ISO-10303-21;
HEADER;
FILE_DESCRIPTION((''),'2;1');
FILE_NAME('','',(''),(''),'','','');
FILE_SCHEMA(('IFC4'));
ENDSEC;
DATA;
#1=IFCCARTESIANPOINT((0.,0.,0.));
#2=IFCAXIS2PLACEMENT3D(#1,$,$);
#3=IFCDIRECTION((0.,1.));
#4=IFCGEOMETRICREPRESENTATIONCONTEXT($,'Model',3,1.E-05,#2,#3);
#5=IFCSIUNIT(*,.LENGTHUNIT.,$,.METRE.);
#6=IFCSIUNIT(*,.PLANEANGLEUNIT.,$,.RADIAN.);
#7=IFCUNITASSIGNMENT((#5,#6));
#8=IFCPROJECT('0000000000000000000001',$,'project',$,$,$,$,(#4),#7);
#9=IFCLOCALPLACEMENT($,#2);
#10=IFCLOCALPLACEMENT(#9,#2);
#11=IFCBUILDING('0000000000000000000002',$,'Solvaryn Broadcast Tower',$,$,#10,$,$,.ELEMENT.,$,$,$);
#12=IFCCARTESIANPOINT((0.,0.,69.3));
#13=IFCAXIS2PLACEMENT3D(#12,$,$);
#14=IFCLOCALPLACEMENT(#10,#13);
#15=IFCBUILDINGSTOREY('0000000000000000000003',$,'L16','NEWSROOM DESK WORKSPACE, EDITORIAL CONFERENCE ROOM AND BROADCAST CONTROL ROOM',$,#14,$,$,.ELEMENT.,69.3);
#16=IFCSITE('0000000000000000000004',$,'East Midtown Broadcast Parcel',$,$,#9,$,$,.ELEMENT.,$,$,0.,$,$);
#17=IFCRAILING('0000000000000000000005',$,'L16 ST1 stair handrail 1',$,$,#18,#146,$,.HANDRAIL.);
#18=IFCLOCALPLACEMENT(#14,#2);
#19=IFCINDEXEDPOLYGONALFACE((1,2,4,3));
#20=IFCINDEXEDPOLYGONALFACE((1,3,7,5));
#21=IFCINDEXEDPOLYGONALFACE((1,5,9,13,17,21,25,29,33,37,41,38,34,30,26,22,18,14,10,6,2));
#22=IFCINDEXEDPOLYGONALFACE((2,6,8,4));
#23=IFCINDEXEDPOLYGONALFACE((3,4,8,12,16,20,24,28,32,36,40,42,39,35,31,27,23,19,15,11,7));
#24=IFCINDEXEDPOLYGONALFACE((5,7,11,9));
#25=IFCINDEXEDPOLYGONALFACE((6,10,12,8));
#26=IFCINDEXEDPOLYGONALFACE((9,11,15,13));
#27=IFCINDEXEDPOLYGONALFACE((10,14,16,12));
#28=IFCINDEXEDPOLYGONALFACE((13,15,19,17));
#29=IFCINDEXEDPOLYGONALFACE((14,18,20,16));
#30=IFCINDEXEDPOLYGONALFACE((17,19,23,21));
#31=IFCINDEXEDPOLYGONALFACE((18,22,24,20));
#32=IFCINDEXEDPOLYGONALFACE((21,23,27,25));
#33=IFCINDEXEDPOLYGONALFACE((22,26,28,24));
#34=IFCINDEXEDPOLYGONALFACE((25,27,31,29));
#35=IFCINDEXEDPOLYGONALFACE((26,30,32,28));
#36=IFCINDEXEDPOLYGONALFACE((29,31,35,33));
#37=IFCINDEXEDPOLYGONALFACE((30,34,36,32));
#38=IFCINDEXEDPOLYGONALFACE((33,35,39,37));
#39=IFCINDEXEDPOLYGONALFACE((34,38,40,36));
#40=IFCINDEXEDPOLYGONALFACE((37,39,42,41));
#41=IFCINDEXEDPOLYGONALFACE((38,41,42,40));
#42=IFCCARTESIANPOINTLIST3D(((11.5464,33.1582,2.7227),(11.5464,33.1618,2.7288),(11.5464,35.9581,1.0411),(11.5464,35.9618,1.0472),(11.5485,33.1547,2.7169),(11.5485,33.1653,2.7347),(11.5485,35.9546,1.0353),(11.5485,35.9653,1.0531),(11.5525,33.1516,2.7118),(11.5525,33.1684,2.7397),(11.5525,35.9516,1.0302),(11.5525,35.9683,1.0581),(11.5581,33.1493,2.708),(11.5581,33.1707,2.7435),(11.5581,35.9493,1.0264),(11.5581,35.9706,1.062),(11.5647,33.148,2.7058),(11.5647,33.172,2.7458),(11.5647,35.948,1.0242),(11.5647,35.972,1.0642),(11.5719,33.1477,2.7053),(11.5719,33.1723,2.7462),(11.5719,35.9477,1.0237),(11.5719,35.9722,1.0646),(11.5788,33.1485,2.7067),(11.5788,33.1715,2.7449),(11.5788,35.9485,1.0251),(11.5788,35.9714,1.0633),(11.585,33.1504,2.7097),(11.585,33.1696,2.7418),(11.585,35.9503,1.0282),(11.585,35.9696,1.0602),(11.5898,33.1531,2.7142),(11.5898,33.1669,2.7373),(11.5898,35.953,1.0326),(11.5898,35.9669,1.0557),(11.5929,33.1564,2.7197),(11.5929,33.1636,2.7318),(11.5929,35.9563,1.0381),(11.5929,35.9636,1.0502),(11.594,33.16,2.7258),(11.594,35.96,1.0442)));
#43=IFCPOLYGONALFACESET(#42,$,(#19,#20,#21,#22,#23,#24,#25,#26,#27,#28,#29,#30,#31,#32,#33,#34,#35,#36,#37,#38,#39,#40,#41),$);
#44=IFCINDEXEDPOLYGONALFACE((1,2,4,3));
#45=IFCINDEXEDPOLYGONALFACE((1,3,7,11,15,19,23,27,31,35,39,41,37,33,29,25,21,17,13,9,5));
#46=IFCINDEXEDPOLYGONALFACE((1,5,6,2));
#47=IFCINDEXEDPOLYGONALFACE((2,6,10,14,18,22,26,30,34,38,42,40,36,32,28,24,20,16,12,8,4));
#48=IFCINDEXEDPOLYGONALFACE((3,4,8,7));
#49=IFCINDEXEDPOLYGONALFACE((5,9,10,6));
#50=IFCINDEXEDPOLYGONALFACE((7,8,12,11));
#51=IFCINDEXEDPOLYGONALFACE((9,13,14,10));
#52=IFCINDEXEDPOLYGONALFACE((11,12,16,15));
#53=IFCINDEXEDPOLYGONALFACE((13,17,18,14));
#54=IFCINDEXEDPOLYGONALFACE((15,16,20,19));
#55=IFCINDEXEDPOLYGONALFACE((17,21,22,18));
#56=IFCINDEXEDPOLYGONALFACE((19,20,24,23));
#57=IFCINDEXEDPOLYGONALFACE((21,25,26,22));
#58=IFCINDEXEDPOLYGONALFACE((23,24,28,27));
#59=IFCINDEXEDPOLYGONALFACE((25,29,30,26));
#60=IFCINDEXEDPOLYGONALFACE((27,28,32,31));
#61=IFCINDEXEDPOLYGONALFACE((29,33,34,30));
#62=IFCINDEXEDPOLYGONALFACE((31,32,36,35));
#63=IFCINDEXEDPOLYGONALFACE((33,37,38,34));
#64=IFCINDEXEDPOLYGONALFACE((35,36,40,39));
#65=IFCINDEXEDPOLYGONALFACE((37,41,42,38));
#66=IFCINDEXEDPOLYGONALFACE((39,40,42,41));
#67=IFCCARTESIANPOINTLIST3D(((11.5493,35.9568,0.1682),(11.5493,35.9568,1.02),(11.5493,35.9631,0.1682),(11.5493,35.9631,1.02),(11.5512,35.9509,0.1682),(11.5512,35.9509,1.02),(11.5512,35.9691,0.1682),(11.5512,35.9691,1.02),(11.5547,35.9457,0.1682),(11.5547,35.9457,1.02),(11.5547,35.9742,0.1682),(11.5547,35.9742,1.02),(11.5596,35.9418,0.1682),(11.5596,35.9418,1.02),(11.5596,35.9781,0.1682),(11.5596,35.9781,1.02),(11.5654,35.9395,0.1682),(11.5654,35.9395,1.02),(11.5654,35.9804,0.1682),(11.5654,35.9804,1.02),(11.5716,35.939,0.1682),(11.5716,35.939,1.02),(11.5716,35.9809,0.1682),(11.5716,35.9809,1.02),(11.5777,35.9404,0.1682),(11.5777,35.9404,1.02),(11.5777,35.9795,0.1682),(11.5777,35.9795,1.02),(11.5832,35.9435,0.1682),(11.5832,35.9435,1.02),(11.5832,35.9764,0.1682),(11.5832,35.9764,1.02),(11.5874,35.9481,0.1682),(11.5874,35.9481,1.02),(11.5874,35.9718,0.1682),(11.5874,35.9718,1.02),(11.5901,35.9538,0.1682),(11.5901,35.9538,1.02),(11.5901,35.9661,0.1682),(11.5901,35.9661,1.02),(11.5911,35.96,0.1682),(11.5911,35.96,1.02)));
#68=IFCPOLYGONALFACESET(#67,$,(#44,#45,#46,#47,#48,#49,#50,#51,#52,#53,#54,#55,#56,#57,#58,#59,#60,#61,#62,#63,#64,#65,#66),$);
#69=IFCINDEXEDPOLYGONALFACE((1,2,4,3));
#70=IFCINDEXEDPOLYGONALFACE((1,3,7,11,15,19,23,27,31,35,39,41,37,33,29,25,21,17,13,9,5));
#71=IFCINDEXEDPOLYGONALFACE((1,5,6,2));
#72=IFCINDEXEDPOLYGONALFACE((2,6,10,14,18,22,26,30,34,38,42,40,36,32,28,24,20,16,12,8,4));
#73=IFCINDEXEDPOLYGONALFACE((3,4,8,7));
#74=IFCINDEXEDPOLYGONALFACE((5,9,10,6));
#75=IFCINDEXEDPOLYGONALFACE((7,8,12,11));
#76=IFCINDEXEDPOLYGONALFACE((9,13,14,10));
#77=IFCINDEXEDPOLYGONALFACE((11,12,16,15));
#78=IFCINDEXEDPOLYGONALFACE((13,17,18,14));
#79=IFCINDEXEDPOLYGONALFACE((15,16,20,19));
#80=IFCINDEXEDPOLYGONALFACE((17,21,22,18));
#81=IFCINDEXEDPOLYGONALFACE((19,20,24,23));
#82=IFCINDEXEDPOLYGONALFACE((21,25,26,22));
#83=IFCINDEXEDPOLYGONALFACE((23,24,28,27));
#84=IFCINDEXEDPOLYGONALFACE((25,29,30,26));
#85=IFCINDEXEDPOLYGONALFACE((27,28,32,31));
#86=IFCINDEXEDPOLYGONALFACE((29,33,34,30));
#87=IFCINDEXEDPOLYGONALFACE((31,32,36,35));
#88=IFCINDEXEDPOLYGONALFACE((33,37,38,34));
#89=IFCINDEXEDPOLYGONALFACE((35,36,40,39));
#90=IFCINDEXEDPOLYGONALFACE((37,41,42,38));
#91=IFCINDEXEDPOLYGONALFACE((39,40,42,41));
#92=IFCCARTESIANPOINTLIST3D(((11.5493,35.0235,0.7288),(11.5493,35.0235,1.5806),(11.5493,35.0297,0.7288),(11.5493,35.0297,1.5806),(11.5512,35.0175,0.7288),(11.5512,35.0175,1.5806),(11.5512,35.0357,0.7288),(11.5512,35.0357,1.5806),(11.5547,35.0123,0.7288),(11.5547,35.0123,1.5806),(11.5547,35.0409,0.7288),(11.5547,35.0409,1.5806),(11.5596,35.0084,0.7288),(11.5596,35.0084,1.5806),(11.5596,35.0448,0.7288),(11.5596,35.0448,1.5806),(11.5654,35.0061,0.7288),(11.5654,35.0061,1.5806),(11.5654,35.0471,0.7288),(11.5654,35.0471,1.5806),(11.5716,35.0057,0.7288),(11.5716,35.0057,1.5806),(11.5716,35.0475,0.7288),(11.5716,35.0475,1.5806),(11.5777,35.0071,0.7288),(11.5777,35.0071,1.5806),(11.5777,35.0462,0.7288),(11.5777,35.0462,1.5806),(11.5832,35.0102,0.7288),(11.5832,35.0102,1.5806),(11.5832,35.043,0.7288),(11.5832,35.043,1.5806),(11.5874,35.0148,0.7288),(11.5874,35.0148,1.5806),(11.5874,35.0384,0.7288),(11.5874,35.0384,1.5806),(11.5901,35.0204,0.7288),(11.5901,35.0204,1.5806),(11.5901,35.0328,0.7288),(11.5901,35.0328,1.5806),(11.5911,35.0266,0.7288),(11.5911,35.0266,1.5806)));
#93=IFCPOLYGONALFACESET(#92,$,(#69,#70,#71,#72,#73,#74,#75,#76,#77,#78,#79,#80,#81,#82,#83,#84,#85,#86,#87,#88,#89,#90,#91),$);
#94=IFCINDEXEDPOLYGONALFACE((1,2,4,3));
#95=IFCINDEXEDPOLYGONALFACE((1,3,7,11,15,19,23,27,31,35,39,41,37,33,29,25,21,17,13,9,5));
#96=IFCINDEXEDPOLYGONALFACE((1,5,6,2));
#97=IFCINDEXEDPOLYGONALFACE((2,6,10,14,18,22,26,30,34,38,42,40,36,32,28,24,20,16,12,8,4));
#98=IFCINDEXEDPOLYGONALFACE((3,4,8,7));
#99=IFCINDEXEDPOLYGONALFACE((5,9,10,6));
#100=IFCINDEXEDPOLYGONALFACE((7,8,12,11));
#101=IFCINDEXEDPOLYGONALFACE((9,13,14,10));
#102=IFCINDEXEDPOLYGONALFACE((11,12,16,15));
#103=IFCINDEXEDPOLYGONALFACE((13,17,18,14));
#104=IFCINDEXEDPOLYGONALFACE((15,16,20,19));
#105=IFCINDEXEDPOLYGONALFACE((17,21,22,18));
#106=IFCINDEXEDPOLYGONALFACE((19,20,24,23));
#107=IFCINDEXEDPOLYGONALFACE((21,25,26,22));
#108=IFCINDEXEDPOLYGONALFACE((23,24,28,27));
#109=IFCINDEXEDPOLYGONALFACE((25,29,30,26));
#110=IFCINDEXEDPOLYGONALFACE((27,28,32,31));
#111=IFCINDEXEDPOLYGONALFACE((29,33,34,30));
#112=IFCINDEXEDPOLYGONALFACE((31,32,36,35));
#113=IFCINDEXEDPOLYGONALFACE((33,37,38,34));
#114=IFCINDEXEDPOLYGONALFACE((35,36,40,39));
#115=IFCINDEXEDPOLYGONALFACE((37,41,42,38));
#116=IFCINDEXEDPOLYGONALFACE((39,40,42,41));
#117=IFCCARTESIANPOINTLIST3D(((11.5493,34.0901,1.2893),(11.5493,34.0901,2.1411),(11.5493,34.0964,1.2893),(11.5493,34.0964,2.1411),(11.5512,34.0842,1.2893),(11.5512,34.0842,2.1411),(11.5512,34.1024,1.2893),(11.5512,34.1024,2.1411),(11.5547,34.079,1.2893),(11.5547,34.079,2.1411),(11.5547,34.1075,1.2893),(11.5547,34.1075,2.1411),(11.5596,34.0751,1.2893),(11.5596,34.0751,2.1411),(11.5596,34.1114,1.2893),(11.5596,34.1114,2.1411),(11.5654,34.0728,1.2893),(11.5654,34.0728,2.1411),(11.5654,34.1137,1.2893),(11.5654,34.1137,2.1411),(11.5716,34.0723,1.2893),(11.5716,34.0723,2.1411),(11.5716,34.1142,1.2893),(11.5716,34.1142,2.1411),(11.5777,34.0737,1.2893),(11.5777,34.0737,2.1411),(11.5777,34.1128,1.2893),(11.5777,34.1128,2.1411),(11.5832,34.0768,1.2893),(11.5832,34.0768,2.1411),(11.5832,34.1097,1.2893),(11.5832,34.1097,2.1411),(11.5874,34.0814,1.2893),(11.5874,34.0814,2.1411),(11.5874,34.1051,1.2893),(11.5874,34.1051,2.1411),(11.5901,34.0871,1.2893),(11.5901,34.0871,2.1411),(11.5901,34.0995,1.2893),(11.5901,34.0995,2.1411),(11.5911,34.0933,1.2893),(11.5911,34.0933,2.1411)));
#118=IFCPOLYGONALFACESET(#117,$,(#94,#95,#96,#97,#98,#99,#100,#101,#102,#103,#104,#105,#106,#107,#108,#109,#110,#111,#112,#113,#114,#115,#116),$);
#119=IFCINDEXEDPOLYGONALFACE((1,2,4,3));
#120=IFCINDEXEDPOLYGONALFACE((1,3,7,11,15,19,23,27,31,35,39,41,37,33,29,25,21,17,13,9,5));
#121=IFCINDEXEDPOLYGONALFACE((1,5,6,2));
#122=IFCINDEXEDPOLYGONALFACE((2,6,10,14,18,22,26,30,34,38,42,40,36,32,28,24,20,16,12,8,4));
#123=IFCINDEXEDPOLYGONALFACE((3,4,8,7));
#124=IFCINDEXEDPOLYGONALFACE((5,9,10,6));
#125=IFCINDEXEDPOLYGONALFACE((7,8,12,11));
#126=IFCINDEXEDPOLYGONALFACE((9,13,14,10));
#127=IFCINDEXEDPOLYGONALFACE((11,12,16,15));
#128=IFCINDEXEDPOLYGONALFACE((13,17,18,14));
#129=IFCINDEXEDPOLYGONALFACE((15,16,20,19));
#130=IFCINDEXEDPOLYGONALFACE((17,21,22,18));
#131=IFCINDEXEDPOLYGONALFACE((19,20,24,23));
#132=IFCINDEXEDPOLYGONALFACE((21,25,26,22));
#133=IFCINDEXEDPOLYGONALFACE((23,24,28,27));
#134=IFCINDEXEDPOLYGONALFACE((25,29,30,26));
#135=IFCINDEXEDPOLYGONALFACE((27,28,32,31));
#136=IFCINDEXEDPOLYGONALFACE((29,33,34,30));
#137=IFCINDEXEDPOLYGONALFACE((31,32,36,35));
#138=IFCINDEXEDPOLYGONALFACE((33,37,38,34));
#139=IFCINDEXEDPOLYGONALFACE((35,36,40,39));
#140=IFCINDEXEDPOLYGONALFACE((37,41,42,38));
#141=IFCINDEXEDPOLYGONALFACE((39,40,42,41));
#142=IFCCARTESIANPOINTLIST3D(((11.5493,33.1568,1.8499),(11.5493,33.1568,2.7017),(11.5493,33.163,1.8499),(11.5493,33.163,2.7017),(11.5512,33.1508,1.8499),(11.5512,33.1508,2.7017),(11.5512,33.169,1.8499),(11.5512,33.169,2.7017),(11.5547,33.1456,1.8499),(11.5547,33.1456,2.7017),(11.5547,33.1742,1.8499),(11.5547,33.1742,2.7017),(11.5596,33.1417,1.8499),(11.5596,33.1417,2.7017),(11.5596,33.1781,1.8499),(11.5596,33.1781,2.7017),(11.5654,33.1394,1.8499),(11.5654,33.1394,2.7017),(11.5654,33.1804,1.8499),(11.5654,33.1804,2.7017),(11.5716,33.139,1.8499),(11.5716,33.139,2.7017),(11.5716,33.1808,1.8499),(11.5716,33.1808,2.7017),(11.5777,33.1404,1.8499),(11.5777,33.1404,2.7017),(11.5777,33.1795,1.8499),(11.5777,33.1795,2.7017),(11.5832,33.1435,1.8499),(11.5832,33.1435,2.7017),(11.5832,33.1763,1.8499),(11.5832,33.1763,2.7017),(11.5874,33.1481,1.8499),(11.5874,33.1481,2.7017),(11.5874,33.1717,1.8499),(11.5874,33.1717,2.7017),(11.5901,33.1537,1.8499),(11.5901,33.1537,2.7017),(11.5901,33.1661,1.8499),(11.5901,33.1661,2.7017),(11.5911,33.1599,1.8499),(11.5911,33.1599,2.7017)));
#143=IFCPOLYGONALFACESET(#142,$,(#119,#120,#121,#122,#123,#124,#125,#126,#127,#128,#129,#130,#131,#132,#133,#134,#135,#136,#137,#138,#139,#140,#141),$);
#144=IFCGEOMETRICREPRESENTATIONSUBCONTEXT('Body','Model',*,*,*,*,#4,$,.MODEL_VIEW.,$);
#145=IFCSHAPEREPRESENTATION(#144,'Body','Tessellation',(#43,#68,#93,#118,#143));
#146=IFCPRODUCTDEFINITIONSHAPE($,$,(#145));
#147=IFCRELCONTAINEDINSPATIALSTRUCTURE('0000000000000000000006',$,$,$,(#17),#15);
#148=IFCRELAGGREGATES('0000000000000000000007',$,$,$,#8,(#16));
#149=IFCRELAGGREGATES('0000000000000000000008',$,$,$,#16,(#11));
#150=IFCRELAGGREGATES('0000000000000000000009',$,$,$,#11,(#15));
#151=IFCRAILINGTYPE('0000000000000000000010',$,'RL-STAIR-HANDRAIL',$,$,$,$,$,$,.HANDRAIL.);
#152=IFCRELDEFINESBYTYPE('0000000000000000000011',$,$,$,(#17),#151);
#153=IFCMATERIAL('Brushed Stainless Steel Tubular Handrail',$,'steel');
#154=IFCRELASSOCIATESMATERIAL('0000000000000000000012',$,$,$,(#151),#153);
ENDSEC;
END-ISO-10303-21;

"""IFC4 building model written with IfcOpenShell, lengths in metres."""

from ifc_helpers import new_model, si_unit, direction, frame, origin, origin_2d, place, context, subcontext, project, spatial, circle, extrude, material, type_object, element, save


model = new_model("IFC4")

# Units and contexts
model_context = context("Model", 3, precision=1e-05, world=origin(), true_north=direction((0.0, 1.0)))
body_context = subcontext(model_context, "Body", "Model", "MODEL_VIEW")
ifc_project = project(units=[si_unit("LENGTHUNIT", "METRE"), si_unit("PLANEANGLEUNIT", "RADIAN")], contexts=[model_context])

# Site, building, storey
site_placement = place(None, origin())
site = spatial("IfcSite", under=ifc_project, at=site_placement, Name="East Midtown Broadcast Parcel", CompositionType="ELEMENT", RefElevation=0.0)
building_placement = place(site_placement, origin())
building = spatial("IfcBuilding", under=site, at=building_placement, Name="Solvaryn Broadcast Tower", CompositionType="ELEMENT")
storey_placement = place(building_placement, frame((0.0, 0.0, 69.3)))
storey = spatial("IfcBuildingStorey", under=building, at=storey_placement, Name="L16", Description="NEWSROOM DESK WORKSPACE, EDITORIAL CONFERENCE ROOM AND BROADCAST CONTROL ROOM", CompositionType="ELEMENT", Elevation=69.3)

# Railing
ifc_material_1 = material(Name="Brushed Stainless Steel Tubular Handrail", Category="steel")
railing_type_1 = type_object("IfcRailingType", Name="RL-STAIR-HANDRAIL", PredefinedType="HANDRAIL", material=ifc_material_1)
railing_1_placement = place(storey_placement, frame((11.5701, 35.96, 0.1682)))
element("IfcRailing", 1, at=railing_1_placement, inside=storey, type_object=railing_type_1, Name="L16 ST1 stair handrail 1", PredefinedType="HANDRAIL", context=body_context, shape_type="SweptSolid", body=[
    extrude(circle(Radius=0.0239, at=origin_2d()), frame((0.0, 0.0, 0.876), z_axis=(0.0, -0.857275, 0.514858), x_axis=(1.0, 0.0, 0.0)), (0.0, 0.0, 1.0), 3.2661),
    extrude(circle(Radius=0.021, at=origin_2d()), origin(), (0.0, 0.0, 1.0), 0.8518),
    extrude(circle(Radius=0.021, at=origin_2d()), frame((0.0, -0.9333, 0.5605)), (0.0, 0.0, 1.0), 0.8518),
    extrude(circle(Radius=0.021, at=origin_2d()), frame((0.0, -1.8667, 1.1211)), (0.0, 0.0, 1.0), 0.8518),
    extrude(circle(Radius=0.021, at=origin_2d()), frame((0.0, -2.8, 1.6816)), (0.0, 0.0, 1.0), 0.8518),
])

save(model, "model.ifc")
